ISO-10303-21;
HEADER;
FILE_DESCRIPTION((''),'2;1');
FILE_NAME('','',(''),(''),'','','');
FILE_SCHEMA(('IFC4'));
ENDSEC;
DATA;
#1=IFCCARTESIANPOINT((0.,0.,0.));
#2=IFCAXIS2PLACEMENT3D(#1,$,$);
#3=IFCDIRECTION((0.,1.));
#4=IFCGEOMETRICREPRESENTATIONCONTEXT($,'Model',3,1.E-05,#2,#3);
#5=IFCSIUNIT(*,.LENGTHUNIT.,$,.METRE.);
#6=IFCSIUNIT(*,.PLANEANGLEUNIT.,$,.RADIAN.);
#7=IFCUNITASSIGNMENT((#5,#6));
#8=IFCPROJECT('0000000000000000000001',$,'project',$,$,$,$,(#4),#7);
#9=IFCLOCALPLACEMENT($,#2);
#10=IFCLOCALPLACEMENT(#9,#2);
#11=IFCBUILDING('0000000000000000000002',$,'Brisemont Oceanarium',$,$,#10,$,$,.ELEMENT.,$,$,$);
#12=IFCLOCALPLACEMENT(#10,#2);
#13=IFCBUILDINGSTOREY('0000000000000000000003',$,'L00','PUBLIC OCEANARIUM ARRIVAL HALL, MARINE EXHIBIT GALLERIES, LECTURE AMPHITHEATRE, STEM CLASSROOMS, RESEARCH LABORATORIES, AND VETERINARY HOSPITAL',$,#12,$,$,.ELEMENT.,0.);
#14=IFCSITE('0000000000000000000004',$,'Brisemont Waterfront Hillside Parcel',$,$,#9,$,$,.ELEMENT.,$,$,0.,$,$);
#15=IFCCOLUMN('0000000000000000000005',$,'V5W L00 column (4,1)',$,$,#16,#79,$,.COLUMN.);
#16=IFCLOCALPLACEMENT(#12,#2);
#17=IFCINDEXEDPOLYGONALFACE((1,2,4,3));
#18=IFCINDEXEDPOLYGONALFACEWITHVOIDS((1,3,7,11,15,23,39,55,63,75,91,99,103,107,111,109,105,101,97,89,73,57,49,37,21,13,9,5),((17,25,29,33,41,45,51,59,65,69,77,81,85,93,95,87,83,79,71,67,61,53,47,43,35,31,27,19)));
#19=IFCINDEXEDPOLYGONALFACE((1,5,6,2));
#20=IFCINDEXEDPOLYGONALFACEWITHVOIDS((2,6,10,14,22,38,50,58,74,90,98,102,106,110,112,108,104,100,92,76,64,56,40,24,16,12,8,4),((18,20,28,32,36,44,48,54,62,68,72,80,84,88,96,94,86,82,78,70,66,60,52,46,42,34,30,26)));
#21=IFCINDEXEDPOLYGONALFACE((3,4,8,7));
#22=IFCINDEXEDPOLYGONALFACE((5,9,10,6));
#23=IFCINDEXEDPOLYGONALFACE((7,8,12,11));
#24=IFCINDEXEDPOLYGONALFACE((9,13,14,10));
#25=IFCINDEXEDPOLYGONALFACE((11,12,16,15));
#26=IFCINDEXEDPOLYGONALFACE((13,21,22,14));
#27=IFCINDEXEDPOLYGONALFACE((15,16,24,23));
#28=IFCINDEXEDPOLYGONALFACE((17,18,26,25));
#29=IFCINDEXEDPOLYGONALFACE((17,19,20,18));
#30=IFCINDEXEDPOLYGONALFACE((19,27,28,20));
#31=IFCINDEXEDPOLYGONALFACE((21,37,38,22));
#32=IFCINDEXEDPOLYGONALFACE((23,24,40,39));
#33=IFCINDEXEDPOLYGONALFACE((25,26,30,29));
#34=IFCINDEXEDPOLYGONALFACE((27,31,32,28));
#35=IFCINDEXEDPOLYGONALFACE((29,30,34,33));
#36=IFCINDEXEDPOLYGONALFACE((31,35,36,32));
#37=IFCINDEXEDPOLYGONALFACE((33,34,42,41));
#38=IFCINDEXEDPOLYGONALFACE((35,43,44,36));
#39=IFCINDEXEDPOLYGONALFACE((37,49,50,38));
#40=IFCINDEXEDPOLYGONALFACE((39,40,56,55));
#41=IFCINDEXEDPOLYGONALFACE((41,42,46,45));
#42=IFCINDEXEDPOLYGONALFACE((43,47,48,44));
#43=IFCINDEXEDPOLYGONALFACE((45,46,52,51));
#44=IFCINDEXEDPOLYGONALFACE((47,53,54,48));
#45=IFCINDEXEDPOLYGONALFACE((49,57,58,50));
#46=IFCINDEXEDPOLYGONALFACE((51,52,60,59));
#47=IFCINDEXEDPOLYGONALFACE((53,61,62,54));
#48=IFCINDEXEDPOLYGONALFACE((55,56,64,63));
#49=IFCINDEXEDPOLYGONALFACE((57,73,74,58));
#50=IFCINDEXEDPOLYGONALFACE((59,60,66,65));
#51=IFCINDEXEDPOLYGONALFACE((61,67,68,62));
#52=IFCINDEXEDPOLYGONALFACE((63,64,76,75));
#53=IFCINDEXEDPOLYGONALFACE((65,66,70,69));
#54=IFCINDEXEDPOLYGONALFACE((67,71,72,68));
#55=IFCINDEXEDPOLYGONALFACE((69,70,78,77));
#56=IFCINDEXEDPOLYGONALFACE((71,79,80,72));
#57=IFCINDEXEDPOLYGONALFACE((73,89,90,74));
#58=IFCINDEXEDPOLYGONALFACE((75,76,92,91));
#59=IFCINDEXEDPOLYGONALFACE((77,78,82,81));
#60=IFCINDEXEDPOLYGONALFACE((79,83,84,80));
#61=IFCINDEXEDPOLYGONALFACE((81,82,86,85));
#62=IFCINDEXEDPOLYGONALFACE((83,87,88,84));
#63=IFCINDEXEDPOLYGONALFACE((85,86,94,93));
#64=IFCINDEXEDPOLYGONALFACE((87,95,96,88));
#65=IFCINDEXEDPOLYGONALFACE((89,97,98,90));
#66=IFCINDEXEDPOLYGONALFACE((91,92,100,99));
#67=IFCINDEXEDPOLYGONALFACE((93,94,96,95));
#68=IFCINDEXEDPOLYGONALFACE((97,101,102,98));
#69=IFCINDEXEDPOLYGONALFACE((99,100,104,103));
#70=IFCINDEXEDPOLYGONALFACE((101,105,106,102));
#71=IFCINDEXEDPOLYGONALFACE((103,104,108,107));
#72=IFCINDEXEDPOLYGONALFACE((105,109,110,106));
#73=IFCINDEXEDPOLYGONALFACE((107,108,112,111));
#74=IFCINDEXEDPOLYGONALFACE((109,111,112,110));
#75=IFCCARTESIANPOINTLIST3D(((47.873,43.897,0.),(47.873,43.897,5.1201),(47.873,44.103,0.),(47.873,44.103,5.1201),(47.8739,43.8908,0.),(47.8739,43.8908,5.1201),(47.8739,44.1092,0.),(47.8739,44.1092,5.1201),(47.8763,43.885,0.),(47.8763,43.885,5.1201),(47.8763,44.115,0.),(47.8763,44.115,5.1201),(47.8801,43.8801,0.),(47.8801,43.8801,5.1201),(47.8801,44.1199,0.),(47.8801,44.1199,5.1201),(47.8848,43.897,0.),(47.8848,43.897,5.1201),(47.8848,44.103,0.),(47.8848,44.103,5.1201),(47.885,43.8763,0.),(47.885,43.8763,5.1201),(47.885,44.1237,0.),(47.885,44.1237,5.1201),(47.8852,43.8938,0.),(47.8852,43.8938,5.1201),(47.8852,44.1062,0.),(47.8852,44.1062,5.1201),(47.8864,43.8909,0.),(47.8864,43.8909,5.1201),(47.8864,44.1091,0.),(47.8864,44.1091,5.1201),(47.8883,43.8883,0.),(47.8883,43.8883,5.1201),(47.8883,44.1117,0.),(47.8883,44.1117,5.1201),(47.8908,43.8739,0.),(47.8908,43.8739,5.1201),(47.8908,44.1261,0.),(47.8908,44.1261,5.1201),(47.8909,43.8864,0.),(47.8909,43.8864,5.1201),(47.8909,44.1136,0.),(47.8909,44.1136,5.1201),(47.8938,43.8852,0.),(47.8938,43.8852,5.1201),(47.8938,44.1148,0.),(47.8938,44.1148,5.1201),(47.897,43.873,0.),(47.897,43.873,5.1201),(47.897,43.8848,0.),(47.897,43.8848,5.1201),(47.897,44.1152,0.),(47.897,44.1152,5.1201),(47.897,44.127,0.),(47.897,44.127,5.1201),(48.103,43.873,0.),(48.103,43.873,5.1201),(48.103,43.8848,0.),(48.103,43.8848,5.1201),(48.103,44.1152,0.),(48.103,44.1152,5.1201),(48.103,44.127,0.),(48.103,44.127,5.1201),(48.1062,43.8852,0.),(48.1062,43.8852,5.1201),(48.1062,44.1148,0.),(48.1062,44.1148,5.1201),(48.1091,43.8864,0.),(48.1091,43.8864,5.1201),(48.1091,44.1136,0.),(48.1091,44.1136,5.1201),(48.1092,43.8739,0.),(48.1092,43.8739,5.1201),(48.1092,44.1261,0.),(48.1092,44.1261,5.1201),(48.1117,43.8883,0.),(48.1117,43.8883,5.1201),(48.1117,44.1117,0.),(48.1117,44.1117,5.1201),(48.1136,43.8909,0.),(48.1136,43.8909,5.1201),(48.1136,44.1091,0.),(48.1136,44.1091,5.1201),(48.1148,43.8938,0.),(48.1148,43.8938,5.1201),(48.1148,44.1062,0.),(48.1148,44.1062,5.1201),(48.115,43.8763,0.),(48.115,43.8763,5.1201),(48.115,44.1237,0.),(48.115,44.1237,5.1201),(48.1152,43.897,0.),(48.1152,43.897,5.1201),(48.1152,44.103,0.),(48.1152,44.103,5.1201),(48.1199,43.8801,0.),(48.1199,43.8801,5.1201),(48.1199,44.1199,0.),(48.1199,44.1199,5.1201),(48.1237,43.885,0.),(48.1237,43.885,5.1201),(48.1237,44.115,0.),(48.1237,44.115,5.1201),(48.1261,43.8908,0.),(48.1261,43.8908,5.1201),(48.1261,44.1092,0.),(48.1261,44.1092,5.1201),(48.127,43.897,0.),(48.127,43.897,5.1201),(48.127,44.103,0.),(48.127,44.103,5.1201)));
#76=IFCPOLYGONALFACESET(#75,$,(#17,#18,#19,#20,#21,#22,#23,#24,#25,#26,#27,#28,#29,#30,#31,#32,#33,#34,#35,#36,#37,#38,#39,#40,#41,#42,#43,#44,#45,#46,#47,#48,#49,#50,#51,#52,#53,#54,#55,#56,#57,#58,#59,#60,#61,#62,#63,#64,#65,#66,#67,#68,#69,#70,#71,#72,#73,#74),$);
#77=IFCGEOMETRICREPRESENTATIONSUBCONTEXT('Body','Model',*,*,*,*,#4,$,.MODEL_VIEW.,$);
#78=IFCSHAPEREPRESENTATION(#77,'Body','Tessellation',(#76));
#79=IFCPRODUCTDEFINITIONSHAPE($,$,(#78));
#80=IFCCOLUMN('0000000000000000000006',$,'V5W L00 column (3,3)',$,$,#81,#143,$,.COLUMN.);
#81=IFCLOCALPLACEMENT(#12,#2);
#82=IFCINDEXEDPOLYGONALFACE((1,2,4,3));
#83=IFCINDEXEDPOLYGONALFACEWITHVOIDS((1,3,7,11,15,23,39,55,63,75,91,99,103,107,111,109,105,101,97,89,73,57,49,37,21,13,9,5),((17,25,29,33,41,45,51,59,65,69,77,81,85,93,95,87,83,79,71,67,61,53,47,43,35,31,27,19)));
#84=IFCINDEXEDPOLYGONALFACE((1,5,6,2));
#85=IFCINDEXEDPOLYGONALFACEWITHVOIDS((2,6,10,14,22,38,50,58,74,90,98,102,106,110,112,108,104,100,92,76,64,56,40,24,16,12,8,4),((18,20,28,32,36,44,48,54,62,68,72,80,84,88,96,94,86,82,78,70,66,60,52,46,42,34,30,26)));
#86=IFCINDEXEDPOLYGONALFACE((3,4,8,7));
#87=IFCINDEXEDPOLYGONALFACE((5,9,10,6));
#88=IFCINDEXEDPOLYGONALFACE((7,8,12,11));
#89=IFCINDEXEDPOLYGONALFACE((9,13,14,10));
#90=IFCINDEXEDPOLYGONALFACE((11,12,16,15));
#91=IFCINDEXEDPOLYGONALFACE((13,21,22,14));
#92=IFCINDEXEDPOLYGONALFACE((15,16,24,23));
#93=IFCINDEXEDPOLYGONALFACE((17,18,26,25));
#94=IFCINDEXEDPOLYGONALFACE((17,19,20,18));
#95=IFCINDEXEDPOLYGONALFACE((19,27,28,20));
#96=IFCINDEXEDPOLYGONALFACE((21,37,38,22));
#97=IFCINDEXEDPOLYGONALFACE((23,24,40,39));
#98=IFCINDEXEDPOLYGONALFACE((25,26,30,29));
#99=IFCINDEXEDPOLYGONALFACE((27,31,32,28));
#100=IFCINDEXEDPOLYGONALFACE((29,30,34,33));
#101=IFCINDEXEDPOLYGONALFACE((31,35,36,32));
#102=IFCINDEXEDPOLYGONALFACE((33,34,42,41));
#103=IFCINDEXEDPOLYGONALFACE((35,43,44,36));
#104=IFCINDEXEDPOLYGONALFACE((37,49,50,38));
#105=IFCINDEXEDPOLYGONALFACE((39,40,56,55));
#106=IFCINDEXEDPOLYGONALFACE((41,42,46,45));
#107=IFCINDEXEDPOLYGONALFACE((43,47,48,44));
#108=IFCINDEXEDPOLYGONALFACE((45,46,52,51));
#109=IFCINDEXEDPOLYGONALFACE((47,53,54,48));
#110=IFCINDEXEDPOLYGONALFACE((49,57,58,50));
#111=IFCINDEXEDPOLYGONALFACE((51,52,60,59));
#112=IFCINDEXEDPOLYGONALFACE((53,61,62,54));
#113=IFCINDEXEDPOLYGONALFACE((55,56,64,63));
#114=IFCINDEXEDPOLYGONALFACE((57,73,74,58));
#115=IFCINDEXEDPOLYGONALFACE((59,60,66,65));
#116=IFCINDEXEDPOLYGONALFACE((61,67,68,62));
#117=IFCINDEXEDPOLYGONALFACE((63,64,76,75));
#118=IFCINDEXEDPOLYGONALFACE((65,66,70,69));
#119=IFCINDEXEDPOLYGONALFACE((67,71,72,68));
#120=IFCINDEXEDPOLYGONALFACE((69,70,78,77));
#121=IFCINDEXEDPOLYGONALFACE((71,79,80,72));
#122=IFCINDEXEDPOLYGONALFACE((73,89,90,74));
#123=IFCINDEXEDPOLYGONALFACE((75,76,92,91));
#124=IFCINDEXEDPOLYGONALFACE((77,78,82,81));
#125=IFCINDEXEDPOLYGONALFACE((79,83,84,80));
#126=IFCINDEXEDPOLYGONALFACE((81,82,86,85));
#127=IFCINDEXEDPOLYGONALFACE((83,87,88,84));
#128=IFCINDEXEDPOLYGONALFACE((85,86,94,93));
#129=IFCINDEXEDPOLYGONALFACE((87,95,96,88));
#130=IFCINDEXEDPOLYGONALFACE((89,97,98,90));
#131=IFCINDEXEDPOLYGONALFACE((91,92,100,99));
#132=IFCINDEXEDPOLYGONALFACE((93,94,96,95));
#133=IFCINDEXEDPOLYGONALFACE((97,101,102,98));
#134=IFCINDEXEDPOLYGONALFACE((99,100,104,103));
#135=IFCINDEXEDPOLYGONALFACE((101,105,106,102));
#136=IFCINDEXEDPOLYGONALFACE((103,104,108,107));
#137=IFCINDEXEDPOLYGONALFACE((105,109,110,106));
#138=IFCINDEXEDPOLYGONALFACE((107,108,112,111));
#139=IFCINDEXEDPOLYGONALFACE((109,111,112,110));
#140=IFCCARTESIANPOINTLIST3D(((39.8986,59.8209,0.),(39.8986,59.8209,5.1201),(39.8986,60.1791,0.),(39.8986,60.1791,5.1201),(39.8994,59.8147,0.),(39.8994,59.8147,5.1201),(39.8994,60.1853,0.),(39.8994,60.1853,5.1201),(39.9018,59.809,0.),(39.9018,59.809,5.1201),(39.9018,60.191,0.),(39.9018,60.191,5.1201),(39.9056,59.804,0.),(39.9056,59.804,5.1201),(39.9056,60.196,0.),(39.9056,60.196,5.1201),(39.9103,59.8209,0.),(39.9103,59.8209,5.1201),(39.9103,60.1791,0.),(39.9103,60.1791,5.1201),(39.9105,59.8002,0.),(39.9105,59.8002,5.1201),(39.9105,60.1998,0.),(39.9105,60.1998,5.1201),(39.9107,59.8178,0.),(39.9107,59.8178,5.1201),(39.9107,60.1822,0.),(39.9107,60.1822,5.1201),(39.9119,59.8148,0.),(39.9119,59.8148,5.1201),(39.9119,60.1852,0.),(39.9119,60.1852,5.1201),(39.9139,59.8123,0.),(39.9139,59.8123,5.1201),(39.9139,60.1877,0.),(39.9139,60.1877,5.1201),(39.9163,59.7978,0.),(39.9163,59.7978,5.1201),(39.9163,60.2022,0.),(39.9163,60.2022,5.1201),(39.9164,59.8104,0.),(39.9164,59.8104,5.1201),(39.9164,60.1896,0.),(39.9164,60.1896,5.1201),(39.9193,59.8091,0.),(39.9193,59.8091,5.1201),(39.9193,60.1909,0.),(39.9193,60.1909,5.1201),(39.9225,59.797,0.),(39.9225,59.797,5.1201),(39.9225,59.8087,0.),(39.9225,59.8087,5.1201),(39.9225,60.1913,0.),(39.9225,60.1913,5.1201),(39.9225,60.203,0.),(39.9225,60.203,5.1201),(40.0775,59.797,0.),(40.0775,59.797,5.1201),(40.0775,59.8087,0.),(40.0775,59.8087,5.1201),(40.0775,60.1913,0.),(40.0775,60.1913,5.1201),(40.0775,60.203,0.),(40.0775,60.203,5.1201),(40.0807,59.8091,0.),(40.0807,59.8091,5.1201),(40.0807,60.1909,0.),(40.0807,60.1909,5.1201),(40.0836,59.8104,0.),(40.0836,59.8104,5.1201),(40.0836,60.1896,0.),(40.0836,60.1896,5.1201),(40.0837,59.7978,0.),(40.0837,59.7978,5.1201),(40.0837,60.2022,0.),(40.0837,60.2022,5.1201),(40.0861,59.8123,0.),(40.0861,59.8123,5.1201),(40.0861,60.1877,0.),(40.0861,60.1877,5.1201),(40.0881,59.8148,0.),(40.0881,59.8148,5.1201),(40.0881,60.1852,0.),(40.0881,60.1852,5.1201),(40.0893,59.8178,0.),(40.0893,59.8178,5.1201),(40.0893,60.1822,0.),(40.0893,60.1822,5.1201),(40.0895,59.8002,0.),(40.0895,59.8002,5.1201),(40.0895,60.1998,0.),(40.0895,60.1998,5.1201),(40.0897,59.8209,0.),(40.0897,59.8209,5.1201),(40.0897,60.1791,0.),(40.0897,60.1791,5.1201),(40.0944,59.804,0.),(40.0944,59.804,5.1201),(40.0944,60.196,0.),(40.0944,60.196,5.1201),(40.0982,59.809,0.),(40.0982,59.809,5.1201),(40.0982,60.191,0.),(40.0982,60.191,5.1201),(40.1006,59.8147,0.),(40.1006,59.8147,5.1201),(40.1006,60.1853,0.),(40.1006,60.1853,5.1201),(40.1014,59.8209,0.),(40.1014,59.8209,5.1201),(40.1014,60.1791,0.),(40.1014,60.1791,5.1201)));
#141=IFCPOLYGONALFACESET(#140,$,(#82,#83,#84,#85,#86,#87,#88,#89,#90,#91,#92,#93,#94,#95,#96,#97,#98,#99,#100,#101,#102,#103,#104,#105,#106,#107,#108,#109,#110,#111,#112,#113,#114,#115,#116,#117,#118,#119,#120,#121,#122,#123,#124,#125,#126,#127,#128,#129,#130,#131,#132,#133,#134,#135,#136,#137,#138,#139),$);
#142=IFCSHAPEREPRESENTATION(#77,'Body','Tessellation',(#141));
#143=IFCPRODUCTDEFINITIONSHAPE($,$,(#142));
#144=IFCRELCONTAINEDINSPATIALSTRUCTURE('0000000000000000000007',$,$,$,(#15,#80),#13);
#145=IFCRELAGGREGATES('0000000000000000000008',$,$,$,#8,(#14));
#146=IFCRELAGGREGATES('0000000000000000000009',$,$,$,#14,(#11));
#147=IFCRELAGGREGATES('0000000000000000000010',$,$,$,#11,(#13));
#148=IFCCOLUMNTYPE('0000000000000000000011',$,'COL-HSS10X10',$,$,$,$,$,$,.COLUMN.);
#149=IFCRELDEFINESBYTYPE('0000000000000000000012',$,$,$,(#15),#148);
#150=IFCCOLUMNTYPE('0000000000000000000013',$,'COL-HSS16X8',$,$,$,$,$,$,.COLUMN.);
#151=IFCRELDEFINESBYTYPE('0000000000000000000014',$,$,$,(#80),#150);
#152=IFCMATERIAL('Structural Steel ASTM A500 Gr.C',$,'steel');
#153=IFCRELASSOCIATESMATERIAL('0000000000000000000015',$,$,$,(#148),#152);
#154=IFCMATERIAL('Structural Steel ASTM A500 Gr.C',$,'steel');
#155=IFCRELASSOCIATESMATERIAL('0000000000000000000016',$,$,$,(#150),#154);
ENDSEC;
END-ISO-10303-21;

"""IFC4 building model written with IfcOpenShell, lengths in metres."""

from ifc_helpers import new_model, si_unit, direction, frame, origin, origin_2d, place, context, subcontext, project, spatial, hollow_rectangle, extrude, material, material_profile, profile_set, type_object, element, save


model = new_model("IFC4")

# Units and contexts
model_context = context("Model", 3, precision=1e-05, world=origin(), true_north=direction((0.0, 1.0)))
body_context = subcontext(model_context, "Body", "Model", "MODEL_VIEW")
ifc_project = project(units=[si_unit("LENGTHUNIT", "METRE"), si_unit("PLANEANGLEUNIT", "RADIAN")], contexts=[model_context])

# Site, building, storey
site_placement = place(None, origin())
site = spatial("IfcSite", under=ifc_project, at=site_placement, Name="Brisemont Waterfront Hillside Parcel", CompositionType="ELEMENT", RefElevation=0.0)
building_placement = place(site_placement, origin())
building = spatial("IfcBuilding", under=site, at=building_placement, Name="Brisemont Oceanarium", CompositionType="ELEMENT")
storey_placement = place(building_placement, origin())
storey = spatial("IfcBuildingStorey", under=building, at=storey_placement, Name="L00", Description="PUBLIC OCEANARIUM ARRIVAL HALL, MARINE EXHIBIT GALLERIES, LECTURE AMPHITHEATRE, STEM CLASSROOMS, RESEARCH LABORATORIES, AND VETERINARY HOSPITAL", CompositionType="ELEMENT", Elevation=0.0)

# Columns
ifc_material_1 = material(Name="Structural Steel ASTM A500 Gr.C", Category="steel")
ifc_material_profile_1 = material_profile(ifc_material_1, hollow_rectangle(XDim=0.2539, YDim=0.2539, WallThickness=0.0117, InnerFilletRadius=0.0122, OuterFilletRadius=0.0239, at=origin_2d()), Name="HSS10X10X1/2")
ifc_profile_set_1 = profile_set([ifc_material_profile_1], Name="Structural Steel ASTM A500 Gr.C")
column_type_1 = type_object("IfcColumnType", Name="COL-HSS10X10", PredefinedType="COLUMN", material=ifc_profile_set_1)
column_1_placement = place(storey_placement, frame((48.0, 44.0, 0.0), z_axis=(0.0, 0.0, 1.0), x_axis=(0.0, 1.0, 0.0)))
element("IfcColumn", 1, at=column_1_placement, inside=storey, type_object=column_type_1, Name="V5W L00 column (4,1)", PredefinedType="COLUMN", context=body_context, shape_type="SweptSolid", body=[
    extrude(hollow_rectangle(XDim=0.2539, YDim=0.2539, WallThickness=0.0117, InnerFilletRadius=0.0122, OuterFilletRadius=0.0239, at=origin_2d()), origin(), (0.0, 0.0, 1.0), 5.1201),
])
ifc_material_2 = material(Name="Structural Steel ASTM A500 Gr.C", Category="steel")
ifc_material_profile_2 = material_profile(ifc_material_2, hollow_rectangle(XDim=0.2029, YDim=0.406, WallThickness=0.0117, InnerFilletRadius=0.0122, OuterFilletRadius=0.0239, at=origin_2d()), Name="HSS16X8X1/2")
ifc_profile_set_2 = profile_set([ifc_material_profile_2], Name="Structural Steel ASTM A500 Gr.C")
column_type_2 = type_object("IfcColumnType", Name="COL-HSS16X8", PredefinedType="COLUMN", material=ifc_profile_set_2)
column_2_placement = place(storey_placement, frame((40.0, 60.0, 0.0), z_axis=(0.0, 0.0, 1.0), x_axis=(1.0, 0.0, 0.0)))
element("IfcColumn", 2, at=column_2_placement, inside=storey, type_object=column_type_2, Name="V5W L00 column (3,3)", PredefinedType="COLUMN", context=body_context, shape_type="SweptSolid", body=[
    extrude(hollow_rectangle(XDim=0.2029, YDim=0.406, WallThickness=0.0117, InnerFilletRadius=0.0122, OuterFilletRadius=0.0239, at=origin_2d()), origin(), (0.0, 0.0, 1.0), 5.1201),
])

save(model, "model.ifc")
